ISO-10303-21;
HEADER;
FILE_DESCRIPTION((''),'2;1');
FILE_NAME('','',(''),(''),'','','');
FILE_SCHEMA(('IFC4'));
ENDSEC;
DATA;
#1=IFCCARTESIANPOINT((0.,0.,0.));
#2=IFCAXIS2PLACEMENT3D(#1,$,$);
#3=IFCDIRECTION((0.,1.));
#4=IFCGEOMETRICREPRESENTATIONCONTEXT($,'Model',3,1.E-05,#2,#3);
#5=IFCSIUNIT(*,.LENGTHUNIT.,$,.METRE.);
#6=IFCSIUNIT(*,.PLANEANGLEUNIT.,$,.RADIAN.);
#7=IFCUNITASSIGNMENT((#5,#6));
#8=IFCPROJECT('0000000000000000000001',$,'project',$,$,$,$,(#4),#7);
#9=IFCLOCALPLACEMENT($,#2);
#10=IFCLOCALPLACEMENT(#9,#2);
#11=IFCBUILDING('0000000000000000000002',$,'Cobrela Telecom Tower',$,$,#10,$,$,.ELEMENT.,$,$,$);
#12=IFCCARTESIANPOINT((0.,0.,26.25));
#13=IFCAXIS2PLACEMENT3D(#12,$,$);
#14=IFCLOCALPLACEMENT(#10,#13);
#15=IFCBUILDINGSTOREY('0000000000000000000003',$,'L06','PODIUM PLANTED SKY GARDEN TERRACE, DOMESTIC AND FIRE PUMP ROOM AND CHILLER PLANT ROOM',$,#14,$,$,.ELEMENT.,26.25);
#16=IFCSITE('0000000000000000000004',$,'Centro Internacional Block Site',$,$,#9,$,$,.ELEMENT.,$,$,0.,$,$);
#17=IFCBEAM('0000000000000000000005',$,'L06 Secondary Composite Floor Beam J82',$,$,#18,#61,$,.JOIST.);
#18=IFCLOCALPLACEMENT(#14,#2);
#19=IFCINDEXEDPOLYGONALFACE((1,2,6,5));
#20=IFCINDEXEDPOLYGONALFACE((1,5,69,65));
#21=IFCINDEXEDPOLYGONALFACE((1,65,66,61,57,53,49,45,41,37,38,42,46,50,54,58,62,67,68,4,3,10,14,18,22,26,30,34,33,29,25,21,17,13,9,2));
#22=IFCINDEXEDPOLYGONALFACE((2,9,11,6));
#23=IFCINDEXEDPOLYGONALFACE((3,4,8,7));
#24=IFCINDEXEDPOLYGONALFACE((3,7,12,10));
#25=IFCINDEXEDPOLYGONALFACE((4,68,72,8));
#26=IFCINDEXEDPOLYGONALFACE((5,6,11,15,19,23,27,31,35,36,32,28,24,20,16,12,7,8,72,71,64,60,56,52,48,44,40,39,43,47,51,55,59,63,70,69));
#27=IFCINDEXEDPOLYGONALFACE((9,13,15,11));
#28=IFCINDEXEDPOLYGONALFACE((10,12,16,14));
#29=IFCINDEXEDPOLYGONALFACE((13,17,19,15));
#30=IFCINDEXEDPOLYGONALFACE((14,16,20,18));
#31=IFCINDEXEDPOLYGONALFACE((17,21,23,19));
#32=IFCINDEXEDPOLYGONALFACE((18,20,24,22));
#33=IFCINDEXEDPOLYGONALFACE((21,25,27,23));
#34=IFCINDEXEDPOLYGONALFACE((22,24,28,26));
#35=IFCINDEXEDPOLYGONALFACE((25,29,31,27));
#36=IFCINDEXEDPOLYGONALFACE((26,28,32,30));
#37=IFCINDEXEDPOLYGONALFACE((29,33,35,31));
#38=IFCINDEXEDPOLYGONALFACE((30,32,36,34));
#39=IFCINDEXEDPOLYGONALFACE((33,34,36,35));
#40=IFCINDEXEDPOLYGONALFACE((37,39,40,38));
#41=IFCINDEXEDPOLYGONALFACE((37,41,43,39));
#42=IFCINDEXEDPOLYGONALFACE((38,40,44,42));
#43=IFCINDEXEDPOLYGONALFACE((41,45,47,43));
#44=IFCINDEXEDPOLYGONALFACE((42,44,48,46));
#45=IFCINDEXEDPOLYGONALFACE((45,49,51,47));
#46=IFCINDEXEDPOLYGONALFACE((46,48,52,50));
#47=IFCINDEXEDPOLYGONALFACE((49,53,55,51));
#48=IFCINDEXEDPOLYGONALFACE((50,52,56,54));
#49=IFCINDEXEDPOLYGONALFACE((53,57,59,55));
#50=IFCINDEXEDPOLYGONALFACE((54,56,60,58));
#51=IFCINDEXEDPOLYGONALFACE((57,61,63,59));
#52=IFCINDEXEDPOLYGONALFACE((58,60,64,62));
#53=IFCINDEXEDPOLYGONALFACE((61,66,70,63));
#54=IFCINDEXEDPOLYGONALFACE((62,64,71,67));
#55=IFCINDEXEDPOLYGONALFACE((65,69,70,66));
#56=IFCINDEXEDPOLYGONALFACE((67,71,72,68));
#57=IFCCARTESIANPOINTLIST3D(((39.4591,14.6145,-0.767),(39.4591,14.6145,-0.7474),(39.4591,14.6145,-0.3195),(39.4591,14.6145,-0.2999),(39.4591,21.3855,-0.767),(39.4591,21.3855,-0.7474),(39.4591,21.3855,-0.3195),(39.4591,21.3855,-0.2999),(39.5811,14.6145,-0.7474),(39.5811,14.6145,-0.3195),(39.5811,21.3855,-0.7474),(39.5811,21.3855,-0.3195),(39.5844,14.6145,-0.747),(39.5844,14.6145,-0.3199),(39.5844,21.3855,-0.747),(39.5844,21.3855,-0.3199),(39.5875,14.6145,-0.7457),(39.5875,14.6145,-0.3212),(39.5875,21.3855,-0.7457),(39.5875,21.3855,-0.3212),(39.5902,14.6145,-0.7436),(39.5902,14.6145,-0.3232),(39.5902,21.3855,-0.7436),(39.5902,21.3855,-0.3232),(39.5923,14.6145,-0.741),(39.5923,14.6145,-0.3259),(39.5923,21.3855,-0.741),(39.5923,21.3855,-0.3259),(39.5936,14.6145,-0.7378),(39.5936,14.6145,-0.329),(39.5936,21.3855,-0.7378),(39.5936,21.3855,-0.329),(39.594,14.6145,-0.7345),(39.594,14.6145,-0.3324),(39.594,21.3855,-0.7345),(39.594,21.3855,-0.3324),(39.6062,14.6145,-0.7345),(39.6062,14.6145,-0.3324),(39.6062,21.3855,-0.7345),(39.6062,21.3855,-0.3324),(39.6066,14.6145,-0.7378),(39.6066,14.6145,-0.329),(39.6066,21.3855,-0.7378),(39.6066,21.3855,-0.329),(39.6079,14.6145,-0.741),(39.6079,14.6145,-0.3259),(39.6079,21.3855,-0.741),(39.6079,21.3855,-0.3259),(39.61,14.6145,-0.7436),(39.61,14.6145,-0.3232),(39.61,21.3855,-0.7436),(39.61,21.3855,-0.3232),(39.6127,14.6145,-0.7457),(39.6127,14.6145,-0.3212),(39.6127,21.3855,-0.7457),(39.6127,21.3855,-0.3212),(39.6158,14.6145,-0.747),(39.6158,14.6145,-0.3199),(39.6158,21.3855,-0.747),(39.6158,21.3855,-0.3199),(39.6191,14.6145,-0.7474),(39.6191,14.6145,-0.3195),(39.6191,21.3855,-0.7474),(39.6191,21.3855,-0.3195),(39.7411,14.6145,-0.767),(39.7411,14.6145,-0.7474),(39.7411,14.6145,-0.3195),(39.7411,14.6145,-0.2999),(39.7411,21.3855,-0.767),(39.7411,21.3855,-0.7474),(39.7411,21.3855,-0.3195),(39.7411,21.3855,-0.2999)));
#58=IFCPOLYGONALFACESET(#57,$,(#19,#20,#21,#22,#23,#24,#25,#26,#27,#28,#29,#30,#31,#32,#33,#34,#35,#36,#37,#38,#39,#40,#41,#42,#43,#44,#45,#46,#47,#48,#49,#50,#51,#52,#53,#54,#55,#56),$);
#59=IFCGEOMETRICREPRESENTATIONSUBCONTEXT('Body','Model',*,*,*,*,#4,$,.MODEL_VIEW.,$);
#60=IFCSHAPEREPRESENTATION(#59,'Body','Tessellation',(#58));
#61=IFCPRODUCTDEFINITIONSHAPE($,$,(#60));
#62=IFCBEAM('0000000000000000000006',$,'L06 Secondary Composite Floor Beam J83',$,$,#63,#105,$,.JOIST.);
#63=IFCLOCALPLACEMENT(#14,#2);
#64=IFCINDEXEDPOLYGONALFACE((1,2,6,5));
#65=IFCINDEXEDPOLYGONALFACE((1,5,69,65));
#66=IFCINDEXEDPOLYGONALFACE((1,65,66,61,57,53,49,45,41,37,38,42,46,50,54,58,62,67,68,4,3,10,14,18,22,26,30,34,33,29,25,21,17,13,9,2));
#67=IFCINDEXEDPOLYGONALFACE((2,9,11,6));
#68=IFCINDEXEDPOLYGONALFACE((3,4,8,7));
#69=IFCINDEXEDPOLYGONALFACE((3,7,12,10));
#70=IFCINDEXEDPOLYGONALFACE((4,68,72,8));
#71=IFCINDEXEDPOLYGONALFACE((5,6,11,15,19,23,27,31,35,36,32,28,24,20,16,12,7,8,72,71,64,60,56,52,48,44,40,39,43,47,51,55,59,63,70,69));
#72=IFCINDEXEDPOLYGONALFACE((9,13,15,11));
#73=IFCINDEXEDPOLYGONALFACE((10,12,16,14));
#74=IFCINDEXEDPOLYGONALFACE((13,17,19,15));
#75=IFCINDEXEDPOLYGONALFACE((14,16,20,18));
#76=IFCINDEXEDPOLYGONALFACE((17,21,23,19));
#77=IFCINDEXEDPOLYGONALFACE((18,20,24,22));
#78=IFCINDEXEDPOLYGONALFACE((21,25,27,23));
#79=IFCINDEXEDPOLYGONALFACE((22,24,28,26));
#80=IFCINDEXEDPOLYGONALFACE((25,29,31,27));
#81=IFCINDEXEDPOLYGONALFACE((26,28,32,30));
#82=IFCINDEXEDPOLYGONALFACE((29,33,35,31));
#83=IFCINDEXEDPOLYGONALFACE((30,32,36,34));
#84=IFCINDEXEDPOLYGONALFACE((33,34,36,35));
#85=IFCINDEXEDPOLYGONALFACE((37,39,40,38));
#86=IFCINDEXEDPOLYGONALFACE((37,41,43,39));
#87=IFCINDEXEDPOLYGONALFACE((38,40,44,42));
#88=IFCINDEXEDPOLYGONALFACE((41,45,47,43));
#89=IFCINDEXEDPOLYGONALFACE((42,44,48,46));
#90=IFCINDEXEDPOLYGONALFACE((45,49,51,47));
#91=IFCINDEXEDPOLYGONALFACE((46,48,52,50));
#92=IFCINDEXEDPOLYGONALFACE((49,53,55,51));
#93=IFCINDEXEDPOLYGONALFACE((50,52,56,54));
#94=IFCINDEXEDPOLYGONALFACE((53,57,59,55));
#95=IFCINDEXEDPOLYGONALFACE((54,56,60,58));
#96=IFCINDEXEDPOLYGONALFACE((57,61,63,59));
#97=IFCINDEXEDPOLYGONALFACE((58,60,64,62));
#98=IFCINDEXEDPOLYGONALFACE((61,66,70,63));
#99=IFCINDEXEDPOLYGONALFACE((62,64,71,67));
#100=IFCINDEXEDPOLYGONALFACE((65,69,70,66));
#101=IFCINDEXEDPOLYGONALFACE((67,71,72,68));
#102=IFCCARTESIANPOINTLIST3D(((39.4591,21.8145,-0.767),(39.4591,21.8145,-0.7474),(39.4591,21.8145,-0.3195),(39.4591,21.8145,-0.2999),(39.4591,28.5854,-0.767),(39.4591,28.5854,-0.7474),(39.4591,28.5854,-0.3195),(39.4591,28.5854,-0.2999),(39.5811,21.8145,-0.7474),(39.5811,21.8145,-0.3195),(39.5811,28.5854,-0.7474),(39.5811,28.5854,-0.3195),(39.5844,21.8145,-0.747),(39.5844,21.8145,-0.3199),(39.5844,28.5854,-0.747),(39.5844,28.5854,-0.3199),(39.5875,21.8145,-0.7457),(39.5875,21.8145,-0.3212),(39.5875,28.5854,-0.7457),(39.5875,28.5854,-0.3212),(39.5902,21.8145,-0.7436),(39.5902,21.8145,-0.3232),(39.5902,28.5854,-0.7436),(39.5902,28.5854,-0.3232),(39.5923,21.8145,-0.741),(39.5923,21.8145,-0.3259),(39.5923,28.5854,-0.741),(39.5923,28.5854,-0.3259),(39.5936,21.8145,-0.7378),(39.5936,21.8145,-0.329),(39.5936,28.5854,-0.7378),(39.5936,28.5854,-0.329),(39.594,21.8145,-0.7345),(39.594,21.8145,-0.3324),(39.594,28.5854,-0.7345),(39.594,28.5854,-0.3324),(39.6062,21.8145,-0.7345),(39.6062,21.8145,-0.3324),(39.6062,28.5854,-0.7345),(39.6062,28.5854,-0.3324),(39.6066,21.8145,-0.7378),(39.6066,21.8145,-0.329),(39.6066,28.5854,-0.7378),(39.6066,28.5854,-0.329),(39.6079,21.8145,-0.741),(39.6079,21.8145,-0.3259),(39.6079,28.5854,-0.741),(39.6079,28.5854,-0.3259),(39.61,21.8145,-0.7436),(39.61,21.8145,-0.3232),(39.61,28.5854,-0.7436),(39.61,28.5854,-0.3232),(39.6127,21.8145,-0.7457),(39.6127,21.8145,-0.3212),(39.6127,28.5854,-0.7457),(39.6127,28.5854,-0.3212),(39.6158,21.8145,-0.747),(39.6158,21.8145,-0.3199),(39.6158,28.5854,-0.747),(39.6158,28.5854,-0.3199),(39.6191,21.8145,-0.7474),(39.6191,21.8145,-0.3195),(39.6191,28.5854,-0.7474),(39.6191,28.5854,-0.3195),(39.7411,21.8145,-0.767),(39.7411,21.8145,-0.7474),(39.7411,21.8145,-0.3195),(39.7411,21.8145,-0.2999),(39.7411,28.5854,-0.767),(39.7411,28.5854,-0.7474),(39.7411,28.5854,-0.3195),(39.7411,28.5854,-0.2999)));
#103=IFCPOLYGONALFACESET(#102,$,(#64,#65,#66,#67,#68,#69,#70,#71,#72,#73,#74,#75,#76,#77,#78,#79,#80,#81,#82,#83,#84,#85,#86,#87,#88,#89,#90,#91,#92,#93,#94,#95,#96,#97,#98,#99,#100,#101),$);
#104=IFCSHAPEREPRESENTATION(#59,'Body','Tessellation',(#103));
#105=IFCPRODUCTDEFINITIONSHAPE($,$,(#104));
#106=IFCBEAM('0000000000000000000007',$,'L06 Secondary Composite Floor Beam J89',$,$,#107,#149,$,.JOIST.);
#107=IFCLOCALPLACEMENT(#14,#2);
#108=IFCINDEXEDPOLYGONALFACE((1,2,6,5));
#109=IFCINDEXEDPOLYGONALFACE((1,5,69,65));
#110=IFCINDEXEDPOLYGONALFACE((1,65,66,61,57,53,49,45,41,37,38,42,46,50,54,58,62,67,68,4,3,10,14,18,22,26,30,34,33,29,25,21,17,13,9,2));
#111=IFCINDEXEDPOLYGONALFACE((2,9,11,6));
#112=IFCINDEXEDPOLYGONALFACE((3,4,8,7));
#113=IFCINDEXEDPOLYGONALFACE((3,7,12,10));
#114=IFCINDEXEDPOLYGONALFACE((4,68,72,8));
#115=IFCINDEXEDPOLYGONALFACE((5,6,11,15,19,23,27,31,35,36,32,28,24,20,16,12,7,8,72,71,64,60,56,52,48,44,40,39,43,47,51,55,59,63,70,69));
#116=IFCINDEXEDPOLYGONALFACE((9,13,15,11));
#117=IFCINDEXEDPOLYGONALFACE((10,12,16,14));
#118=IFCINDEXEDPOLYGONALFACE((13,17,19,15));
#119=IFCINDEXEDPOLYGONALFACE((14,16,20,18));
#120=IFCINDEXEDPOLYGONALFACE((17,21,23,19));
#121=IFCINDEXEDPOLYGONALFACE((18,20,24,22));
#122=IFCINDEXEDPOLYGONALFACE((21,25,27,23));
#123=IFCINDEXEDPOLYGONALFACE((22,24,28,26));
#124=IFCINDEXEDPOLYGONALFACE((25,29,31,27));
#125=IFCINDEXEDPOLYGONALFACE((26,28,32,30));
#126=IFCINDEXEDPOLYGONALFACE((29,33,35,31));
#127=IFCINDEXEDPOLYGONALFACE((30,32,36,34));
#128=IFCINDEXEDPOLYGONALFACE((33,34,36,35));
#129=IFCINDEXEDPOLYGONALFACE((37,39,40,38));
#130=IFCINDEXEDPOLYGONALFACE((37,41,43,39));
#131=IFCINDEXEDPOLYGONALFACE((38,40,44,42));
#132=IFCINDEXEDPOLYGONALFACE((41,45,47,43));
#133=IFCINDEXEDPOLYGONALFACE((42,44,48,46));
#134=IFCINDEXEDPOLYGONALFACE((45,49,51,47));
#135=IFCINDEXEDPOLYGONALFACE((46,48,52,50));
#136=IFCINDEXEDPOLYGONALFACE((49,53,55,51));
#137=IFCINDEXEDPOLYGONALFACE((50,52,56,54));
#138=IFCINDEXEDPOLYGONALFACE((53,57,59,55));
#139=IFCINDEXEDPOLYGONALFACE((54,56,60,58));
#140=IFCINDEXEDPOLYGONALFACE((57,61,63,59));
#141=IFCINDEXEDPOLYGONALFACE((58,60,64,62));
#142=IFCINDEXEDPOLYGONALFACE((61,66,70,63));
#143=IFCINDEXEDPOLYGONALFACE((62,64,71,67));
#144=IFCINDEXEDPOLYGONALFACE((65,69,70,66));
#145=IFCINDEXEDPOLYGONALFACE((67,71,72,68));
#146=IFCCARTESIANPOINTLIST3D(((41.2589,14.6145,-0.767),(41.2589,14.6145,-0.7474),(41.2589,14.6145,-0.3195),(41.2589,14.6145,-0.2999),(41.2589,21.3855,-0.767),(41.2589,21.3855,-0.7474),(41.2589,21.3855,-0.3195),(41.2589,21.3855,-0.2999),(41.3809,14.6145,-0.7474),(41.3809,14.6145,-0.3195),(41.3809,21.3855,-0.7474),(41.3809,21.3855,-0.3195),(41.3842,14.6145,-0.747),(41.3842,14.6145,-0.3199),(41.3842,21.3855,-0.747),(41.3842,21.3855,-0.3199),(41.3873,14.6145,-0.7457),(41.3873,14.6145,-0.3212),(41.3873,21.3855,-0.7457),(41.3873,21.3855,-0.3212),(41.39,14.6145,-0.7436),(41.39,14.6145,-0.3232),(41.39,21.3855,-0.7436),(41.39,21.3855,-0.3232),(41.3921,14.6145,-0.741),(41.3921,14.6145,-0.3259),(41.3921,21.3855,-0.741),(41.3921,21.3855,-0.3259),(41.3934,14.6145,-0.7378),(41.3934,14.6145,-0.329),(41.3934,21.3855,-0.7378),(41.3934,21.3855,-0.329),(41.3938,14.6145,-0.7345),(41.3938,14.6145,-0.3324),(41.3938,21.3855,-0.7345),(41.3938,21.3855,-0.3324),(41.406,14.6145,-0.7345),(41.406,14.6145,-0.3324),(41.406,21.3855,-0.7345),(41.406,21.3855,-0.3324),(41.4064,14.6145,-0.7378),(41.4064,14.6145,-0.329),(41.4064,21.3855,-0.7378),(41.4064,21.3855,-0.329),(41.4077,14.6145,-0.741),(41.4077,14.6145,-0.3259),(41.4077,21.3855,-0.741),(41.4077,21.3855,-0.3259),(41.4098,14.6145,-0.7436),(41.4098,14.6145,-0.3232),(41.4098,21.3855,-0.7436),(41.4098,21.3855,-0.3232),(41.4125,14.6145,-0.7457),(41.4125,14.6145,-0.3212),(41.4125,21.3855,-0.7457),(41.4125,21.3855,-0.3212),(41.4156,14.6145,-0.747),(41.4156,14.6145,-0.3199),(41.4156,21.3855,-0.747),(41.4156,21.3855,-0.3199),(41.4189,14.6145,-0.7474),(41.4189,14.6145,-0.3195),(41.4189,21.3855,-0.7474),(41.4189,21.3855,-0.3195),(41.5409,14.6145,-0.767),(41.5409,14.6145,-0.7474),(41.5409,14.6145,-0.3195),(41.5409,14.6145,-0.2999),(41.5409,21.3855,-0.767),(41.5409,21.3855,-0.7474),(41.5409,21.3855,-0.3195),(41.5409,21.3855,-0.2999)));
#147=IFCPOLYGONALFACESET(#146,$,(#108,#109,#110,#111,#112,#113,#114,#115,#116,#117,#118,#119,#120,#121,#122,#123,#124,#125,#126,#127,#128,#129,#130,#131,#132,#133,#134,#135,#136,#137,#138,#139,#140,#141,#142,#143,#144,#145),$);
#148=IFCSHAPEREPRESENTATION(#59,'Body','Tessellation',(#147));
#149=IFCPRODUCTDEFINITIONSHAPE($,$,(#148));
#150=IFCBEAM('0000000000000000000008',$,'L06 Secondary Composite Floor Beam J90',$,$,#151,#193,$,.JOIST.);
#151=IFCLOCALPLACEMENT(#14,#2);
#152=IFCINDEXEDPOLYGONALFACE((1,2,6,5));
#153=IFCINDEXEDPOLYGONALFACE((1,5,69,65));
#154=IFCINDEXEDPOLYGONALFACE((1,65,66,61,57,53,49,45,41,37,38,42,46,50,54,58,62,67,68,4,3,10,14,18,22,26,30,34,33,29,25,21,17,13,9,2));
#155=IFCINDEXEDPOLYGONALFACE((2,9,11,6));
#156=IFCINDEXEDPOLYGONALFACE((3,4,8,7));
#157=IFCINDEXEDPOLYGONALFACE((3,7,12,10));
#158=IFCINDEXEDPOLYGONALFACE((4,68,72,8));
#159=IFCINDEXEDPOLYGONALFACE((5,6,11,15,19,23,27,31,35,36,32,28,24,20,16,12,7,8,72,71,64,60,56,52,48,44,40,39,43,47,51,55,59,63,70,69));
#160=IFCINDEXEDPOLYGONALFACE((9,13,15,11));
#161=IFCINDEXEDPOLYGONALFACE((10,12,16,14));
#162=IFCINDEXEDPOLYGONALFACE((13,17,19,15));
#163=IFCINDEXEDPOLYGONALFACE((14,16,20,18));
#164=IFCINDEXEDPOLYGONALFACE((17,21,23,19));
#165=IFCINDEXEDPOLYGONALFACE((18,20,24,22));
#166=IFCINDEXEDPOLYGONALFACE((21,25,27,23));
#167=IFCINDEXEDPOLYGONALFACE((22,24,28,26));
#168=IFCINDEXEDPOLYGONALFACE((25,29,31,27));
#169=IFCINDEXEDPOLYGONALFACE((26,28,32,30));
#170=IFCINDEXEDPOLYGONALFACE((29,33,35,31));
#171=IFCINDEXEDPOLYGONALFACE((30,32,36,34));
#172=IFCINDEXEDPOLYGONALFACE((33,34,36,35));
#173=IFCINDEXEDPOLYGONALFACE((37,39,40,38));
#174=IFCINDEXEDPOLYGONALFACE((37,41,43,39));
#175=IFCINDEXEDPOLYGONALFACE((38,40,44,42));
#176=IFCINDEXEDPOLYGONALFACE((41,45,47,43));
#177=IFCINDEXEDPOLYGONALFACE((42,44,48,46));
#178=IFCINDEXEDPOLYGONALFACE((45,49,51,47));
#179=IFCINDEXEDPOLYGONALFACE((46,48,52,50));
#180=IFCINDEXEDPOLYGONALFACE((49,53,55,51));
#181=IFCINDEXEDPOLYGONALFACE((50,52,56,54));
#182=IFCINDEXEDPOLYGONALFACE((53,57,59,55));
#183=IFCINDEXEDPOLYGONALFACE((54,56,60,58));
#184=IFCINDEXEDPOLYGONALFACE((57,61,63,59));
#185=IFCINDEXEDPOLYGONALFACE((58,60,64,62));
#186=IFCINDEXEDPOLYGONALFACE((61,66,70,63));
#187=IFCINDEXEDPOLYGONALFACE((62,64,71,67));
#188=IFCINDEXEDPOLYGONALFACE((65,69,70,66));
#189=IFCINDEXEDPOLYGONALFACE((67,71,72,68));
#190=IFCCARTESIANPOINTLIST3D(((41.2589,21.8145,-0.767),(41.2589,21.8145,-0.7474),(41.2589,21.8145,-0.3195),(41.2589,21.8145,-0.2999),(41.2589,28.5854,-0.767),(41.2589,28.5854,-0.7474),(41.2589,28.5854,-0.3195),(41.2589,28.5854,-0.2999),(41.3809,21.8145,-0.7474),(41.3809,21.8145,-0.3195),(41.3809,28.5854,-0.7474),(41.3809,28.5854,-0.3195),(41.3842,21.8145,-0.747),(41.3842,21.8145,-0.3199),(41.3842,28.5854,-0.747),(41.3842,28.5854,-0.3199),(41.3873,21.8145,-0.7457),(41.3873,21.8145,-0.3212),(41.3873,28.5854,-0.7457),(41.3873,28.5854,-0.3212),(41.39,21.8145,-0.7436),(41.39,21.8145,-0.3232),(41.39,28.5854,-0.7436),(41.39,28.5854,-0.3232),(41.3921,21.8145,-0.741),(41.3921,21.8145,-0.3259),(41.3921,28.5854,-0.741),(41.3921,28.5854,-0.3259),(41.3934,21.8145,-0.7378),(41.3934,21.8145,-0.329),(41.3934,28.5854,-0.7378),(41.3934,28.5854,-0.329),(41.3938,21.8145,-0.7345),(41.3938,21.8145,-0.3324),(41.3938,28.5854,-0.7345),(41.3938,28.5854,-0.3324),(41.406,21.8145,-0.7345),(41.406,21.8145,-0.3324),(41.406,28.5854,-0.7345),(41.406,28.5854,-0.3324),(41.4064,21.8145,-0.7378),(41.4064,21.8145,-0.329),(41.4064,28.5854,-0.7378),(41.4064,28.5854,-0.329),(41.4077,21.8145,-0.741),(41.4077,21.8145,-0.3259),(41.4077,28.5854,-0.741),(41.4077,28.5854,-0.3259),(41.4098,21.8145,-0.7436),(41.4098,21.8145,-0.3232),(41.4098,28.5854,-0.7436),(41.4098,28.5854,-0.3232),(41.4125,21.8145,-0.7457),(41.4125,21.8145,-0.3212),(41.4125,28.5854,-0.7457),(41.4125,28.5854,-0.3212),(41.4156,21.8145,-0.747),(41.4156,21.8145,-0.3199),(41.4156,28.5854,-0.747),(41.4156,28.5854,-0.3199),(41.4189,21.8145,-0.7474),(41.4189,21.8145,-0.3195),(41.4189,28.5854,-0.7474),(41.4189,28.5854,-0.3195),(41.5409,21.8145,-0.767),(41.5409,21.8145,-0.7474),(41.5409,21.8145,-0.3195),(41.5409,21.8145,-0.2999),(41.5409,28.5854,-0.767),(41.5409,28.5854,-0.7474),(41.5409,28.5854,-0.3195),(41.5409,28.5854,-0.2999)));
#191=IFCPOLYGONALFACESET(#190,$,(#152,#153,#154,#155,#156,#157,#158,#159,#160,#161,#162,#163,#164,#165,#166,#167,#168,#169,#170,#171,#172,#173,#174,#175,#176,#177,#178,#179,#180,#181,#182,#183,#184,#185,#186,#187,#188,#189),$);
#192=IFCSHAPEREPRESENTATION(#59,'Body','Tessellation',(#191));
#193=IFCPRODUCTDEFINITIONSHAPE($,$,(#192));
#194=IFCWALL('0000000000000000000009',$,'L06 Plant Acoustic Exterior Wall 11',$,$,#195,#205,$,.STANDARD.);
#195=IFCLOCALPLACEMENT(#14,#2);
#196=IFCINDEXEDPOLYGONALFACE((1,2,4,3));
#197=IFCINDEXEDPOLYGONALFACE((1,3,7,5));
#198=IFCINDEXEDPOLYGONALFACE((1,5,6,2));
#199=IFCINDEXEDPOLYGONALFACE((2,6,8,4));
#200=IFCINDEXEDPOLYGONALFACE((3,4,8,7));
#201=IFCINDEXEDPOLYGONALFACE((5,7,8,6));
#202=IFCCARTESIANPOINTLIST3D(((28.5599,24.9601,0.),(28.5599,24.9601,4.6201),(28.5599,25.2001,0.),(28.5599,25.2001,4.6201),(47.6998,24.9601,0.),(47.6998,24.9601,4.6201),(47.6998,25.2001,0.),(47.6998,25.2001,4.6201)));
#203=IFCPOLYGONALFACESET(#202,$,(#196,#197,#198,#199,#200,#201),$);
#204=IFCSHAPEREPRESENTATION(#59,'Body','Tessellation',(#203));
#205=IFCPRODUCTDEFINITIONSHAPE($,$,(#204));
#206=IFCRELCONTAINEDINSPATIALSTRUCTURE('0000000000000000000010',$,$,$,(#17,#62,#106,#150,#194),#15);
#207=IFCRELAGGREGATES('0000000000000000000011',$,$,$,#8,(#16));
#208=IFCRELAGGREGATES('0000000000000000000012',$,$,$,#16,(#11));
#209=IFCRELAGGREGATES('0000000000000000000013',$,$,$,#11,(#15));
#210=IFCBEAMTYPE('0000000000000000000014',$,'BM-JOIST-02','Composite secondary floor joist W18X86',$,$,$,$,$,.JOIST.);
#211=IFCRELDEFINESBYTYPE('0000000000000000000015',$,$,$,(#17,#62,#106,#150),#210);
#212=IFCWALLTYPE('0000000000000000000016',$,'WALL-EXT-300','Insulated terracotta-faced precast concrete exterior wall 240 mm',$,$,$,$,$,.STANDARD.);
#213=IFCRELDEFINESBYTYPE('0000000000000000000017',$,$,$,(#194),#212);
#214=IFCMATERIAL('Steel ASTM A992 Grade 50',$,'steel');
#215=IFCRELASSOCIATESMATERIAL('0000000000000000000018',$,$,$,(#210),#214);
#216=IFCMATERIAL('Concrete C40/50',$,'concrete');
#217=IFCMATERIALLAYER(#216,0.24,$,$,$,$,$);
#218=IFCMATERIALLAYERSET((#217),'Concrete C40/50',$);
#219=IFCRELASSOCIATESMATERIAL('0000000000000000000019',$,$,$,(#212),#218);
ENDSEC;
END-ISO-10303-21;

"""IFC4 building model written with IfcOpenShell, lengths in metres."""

from ifc_helpers import new_model, si_unit, direction, frame, frame_2d, origin, origin_2d, place, context, subcontext, project, spatial, rectangle, i_section, extrude, material, layer, layer_set, material_profile, profile_set, type_object, element, save


model = new_model("IFC4")

# Units and contexts
model_context = context("Model", 3, precision=1e-05, world=origin(), true_north=direction((0.0, 1.0)))
body_context = subcontext(model_context, "Body", "Model", "MODEL_VIEW")
ifc_project = project(units=[si_unit("LENGTHUNIT", "METRE"), si_unit("PLANEANGLEUNIT", "RADIAN")], contexts=[model_context])

# Site, building, storey
site_placement = place(None, origin())
site = spatial("IfcSite", under=ifc_project, at=site_placement, Name="Centro Internacional Block Site", CompositionType="ELEMENT", RefElevation=0.0)
building_placement = place(site_placement, origin())
building = spatial("IfcBuilding", under=site, at=building_placement, Name="Cobrela Telecom Tower", CompositionType="ELEMENT")
storey_placement = place(building_placement, frame((0.0, 0.0, 26.25)))
storey = spatial("IfcBuildingStorey", under=building, at=storey_placement, Name="L06", Description="PODIUM PLANTED SKY GARDEN TERRACE, DOMESTIC AND FIRE PUMP ROOM AND CHILLER PLANT ROOM", CompositionType="ELEMENT", Elevation=26.25)

# Shared definitions
ifc_material_1 = material(Name="Concrete C40/50", Category="concrete")

# Beams
ifc_material_2 = material(Name="Steel ASTM A992 Grade 50", Category="steel")
ifc_material_profile_1 = material_profile(ifc_material_2, i_section(OverallWidth=0.282, OverallDepth=0.467, WebThickness=0.0122, FlangeThickness=0.0195, FilletRadius=0.0129, at=origin_2d()), Name="W18X86")
ifc_profile_set_1 = profile_set([ifc_material_profile_1], Name="Steel ASTM A992 Grade 50")
beam_type_1 = type_object("IfcBeamType", Name="BM-JOIST-02", Description="Composite secondary floor joist W18X86", PredefinedType="JOIST", material=ifc_profile_set_1)
for number, where, z_axis, x_axis, name in (
    (1, (39.6001, 14.6145, -0.5334), (0.0, 1.0, 0.0), (-1.0, 0.0, 0.0), "L06 Secondary Composite Floor Beam J82"),
    (2, (39.6001, 21.8145, -0.5334), (0.0, 1.0, 0.0), (-1.0, 0.0, 0.0), "L06 Secondary Composite Floor Beam J83"),
    (3, (41.3999, 14.6145, -0.5334), (0.0, 1.0, 0.0), (-1.0, 0.0, 0.0), "L06 Secondary Composite Floor Beam J89"),
    (4, (41.3999, 21.8145, -0.5334), (0.0, 1.0, 0.0), (-1.0, 0.0, 0.0), "L06 Secondary Composite Floor Beam J90"),
):
    element("IfcBeam", number, at=place(storey_placement, frame(where, z_axis=z_axis, x_axis=x_axis)), inside=storey, type_object=beam_type_1, Name=name, PredefinedType="JOIST", context=body_context, shape_type="SweptSolid", body=[
        extrude(i_section(OverallWidth=0.282, OverallDepth=0.467, WebThickness=0.0122, FlangeThickness=0.0195, FilletRadius=0.0129, at=origin_2d()), origin(), (0.0, 0.0, 1.0), 6.771),
    ])

# Wall
ifc_layer = layer(ifc_material_1, 0.24)
ifc_layer_set = layer_set([ifc_layer], Name="Concrete C40/50")
wall_type = type_object("IfcWallType", Name="WALL-EXT-300", Description="Insulated terracotta-faced precast concrete exterior wall 240 mm", PredefinedType="STANDARD", material=ifc_layer_set)
wall_placement = place(storey_placement, frame((28.5601, 25.0801, 0.0), z_axis=(0.0, 0.0, 1.0), x_axis=(1.0, 0.0, 0.0)))
element("IfcWall", 5, at=wall_placement, inside=storey, type_object=wall_type, Name="L06 Plant Acoustic Exterior Wall 11", PredefinedType="STANDARD", context=body_context, shape_type="SweptSolid", body=[
    extrude(rectangle(XDim=19.1399, YDim=0.24, at=frame_2d((9.5698, 0.0))), origin(), (0.0, 0.0, 1.0), 4.6201),
])

save(model, "model.ifc")
